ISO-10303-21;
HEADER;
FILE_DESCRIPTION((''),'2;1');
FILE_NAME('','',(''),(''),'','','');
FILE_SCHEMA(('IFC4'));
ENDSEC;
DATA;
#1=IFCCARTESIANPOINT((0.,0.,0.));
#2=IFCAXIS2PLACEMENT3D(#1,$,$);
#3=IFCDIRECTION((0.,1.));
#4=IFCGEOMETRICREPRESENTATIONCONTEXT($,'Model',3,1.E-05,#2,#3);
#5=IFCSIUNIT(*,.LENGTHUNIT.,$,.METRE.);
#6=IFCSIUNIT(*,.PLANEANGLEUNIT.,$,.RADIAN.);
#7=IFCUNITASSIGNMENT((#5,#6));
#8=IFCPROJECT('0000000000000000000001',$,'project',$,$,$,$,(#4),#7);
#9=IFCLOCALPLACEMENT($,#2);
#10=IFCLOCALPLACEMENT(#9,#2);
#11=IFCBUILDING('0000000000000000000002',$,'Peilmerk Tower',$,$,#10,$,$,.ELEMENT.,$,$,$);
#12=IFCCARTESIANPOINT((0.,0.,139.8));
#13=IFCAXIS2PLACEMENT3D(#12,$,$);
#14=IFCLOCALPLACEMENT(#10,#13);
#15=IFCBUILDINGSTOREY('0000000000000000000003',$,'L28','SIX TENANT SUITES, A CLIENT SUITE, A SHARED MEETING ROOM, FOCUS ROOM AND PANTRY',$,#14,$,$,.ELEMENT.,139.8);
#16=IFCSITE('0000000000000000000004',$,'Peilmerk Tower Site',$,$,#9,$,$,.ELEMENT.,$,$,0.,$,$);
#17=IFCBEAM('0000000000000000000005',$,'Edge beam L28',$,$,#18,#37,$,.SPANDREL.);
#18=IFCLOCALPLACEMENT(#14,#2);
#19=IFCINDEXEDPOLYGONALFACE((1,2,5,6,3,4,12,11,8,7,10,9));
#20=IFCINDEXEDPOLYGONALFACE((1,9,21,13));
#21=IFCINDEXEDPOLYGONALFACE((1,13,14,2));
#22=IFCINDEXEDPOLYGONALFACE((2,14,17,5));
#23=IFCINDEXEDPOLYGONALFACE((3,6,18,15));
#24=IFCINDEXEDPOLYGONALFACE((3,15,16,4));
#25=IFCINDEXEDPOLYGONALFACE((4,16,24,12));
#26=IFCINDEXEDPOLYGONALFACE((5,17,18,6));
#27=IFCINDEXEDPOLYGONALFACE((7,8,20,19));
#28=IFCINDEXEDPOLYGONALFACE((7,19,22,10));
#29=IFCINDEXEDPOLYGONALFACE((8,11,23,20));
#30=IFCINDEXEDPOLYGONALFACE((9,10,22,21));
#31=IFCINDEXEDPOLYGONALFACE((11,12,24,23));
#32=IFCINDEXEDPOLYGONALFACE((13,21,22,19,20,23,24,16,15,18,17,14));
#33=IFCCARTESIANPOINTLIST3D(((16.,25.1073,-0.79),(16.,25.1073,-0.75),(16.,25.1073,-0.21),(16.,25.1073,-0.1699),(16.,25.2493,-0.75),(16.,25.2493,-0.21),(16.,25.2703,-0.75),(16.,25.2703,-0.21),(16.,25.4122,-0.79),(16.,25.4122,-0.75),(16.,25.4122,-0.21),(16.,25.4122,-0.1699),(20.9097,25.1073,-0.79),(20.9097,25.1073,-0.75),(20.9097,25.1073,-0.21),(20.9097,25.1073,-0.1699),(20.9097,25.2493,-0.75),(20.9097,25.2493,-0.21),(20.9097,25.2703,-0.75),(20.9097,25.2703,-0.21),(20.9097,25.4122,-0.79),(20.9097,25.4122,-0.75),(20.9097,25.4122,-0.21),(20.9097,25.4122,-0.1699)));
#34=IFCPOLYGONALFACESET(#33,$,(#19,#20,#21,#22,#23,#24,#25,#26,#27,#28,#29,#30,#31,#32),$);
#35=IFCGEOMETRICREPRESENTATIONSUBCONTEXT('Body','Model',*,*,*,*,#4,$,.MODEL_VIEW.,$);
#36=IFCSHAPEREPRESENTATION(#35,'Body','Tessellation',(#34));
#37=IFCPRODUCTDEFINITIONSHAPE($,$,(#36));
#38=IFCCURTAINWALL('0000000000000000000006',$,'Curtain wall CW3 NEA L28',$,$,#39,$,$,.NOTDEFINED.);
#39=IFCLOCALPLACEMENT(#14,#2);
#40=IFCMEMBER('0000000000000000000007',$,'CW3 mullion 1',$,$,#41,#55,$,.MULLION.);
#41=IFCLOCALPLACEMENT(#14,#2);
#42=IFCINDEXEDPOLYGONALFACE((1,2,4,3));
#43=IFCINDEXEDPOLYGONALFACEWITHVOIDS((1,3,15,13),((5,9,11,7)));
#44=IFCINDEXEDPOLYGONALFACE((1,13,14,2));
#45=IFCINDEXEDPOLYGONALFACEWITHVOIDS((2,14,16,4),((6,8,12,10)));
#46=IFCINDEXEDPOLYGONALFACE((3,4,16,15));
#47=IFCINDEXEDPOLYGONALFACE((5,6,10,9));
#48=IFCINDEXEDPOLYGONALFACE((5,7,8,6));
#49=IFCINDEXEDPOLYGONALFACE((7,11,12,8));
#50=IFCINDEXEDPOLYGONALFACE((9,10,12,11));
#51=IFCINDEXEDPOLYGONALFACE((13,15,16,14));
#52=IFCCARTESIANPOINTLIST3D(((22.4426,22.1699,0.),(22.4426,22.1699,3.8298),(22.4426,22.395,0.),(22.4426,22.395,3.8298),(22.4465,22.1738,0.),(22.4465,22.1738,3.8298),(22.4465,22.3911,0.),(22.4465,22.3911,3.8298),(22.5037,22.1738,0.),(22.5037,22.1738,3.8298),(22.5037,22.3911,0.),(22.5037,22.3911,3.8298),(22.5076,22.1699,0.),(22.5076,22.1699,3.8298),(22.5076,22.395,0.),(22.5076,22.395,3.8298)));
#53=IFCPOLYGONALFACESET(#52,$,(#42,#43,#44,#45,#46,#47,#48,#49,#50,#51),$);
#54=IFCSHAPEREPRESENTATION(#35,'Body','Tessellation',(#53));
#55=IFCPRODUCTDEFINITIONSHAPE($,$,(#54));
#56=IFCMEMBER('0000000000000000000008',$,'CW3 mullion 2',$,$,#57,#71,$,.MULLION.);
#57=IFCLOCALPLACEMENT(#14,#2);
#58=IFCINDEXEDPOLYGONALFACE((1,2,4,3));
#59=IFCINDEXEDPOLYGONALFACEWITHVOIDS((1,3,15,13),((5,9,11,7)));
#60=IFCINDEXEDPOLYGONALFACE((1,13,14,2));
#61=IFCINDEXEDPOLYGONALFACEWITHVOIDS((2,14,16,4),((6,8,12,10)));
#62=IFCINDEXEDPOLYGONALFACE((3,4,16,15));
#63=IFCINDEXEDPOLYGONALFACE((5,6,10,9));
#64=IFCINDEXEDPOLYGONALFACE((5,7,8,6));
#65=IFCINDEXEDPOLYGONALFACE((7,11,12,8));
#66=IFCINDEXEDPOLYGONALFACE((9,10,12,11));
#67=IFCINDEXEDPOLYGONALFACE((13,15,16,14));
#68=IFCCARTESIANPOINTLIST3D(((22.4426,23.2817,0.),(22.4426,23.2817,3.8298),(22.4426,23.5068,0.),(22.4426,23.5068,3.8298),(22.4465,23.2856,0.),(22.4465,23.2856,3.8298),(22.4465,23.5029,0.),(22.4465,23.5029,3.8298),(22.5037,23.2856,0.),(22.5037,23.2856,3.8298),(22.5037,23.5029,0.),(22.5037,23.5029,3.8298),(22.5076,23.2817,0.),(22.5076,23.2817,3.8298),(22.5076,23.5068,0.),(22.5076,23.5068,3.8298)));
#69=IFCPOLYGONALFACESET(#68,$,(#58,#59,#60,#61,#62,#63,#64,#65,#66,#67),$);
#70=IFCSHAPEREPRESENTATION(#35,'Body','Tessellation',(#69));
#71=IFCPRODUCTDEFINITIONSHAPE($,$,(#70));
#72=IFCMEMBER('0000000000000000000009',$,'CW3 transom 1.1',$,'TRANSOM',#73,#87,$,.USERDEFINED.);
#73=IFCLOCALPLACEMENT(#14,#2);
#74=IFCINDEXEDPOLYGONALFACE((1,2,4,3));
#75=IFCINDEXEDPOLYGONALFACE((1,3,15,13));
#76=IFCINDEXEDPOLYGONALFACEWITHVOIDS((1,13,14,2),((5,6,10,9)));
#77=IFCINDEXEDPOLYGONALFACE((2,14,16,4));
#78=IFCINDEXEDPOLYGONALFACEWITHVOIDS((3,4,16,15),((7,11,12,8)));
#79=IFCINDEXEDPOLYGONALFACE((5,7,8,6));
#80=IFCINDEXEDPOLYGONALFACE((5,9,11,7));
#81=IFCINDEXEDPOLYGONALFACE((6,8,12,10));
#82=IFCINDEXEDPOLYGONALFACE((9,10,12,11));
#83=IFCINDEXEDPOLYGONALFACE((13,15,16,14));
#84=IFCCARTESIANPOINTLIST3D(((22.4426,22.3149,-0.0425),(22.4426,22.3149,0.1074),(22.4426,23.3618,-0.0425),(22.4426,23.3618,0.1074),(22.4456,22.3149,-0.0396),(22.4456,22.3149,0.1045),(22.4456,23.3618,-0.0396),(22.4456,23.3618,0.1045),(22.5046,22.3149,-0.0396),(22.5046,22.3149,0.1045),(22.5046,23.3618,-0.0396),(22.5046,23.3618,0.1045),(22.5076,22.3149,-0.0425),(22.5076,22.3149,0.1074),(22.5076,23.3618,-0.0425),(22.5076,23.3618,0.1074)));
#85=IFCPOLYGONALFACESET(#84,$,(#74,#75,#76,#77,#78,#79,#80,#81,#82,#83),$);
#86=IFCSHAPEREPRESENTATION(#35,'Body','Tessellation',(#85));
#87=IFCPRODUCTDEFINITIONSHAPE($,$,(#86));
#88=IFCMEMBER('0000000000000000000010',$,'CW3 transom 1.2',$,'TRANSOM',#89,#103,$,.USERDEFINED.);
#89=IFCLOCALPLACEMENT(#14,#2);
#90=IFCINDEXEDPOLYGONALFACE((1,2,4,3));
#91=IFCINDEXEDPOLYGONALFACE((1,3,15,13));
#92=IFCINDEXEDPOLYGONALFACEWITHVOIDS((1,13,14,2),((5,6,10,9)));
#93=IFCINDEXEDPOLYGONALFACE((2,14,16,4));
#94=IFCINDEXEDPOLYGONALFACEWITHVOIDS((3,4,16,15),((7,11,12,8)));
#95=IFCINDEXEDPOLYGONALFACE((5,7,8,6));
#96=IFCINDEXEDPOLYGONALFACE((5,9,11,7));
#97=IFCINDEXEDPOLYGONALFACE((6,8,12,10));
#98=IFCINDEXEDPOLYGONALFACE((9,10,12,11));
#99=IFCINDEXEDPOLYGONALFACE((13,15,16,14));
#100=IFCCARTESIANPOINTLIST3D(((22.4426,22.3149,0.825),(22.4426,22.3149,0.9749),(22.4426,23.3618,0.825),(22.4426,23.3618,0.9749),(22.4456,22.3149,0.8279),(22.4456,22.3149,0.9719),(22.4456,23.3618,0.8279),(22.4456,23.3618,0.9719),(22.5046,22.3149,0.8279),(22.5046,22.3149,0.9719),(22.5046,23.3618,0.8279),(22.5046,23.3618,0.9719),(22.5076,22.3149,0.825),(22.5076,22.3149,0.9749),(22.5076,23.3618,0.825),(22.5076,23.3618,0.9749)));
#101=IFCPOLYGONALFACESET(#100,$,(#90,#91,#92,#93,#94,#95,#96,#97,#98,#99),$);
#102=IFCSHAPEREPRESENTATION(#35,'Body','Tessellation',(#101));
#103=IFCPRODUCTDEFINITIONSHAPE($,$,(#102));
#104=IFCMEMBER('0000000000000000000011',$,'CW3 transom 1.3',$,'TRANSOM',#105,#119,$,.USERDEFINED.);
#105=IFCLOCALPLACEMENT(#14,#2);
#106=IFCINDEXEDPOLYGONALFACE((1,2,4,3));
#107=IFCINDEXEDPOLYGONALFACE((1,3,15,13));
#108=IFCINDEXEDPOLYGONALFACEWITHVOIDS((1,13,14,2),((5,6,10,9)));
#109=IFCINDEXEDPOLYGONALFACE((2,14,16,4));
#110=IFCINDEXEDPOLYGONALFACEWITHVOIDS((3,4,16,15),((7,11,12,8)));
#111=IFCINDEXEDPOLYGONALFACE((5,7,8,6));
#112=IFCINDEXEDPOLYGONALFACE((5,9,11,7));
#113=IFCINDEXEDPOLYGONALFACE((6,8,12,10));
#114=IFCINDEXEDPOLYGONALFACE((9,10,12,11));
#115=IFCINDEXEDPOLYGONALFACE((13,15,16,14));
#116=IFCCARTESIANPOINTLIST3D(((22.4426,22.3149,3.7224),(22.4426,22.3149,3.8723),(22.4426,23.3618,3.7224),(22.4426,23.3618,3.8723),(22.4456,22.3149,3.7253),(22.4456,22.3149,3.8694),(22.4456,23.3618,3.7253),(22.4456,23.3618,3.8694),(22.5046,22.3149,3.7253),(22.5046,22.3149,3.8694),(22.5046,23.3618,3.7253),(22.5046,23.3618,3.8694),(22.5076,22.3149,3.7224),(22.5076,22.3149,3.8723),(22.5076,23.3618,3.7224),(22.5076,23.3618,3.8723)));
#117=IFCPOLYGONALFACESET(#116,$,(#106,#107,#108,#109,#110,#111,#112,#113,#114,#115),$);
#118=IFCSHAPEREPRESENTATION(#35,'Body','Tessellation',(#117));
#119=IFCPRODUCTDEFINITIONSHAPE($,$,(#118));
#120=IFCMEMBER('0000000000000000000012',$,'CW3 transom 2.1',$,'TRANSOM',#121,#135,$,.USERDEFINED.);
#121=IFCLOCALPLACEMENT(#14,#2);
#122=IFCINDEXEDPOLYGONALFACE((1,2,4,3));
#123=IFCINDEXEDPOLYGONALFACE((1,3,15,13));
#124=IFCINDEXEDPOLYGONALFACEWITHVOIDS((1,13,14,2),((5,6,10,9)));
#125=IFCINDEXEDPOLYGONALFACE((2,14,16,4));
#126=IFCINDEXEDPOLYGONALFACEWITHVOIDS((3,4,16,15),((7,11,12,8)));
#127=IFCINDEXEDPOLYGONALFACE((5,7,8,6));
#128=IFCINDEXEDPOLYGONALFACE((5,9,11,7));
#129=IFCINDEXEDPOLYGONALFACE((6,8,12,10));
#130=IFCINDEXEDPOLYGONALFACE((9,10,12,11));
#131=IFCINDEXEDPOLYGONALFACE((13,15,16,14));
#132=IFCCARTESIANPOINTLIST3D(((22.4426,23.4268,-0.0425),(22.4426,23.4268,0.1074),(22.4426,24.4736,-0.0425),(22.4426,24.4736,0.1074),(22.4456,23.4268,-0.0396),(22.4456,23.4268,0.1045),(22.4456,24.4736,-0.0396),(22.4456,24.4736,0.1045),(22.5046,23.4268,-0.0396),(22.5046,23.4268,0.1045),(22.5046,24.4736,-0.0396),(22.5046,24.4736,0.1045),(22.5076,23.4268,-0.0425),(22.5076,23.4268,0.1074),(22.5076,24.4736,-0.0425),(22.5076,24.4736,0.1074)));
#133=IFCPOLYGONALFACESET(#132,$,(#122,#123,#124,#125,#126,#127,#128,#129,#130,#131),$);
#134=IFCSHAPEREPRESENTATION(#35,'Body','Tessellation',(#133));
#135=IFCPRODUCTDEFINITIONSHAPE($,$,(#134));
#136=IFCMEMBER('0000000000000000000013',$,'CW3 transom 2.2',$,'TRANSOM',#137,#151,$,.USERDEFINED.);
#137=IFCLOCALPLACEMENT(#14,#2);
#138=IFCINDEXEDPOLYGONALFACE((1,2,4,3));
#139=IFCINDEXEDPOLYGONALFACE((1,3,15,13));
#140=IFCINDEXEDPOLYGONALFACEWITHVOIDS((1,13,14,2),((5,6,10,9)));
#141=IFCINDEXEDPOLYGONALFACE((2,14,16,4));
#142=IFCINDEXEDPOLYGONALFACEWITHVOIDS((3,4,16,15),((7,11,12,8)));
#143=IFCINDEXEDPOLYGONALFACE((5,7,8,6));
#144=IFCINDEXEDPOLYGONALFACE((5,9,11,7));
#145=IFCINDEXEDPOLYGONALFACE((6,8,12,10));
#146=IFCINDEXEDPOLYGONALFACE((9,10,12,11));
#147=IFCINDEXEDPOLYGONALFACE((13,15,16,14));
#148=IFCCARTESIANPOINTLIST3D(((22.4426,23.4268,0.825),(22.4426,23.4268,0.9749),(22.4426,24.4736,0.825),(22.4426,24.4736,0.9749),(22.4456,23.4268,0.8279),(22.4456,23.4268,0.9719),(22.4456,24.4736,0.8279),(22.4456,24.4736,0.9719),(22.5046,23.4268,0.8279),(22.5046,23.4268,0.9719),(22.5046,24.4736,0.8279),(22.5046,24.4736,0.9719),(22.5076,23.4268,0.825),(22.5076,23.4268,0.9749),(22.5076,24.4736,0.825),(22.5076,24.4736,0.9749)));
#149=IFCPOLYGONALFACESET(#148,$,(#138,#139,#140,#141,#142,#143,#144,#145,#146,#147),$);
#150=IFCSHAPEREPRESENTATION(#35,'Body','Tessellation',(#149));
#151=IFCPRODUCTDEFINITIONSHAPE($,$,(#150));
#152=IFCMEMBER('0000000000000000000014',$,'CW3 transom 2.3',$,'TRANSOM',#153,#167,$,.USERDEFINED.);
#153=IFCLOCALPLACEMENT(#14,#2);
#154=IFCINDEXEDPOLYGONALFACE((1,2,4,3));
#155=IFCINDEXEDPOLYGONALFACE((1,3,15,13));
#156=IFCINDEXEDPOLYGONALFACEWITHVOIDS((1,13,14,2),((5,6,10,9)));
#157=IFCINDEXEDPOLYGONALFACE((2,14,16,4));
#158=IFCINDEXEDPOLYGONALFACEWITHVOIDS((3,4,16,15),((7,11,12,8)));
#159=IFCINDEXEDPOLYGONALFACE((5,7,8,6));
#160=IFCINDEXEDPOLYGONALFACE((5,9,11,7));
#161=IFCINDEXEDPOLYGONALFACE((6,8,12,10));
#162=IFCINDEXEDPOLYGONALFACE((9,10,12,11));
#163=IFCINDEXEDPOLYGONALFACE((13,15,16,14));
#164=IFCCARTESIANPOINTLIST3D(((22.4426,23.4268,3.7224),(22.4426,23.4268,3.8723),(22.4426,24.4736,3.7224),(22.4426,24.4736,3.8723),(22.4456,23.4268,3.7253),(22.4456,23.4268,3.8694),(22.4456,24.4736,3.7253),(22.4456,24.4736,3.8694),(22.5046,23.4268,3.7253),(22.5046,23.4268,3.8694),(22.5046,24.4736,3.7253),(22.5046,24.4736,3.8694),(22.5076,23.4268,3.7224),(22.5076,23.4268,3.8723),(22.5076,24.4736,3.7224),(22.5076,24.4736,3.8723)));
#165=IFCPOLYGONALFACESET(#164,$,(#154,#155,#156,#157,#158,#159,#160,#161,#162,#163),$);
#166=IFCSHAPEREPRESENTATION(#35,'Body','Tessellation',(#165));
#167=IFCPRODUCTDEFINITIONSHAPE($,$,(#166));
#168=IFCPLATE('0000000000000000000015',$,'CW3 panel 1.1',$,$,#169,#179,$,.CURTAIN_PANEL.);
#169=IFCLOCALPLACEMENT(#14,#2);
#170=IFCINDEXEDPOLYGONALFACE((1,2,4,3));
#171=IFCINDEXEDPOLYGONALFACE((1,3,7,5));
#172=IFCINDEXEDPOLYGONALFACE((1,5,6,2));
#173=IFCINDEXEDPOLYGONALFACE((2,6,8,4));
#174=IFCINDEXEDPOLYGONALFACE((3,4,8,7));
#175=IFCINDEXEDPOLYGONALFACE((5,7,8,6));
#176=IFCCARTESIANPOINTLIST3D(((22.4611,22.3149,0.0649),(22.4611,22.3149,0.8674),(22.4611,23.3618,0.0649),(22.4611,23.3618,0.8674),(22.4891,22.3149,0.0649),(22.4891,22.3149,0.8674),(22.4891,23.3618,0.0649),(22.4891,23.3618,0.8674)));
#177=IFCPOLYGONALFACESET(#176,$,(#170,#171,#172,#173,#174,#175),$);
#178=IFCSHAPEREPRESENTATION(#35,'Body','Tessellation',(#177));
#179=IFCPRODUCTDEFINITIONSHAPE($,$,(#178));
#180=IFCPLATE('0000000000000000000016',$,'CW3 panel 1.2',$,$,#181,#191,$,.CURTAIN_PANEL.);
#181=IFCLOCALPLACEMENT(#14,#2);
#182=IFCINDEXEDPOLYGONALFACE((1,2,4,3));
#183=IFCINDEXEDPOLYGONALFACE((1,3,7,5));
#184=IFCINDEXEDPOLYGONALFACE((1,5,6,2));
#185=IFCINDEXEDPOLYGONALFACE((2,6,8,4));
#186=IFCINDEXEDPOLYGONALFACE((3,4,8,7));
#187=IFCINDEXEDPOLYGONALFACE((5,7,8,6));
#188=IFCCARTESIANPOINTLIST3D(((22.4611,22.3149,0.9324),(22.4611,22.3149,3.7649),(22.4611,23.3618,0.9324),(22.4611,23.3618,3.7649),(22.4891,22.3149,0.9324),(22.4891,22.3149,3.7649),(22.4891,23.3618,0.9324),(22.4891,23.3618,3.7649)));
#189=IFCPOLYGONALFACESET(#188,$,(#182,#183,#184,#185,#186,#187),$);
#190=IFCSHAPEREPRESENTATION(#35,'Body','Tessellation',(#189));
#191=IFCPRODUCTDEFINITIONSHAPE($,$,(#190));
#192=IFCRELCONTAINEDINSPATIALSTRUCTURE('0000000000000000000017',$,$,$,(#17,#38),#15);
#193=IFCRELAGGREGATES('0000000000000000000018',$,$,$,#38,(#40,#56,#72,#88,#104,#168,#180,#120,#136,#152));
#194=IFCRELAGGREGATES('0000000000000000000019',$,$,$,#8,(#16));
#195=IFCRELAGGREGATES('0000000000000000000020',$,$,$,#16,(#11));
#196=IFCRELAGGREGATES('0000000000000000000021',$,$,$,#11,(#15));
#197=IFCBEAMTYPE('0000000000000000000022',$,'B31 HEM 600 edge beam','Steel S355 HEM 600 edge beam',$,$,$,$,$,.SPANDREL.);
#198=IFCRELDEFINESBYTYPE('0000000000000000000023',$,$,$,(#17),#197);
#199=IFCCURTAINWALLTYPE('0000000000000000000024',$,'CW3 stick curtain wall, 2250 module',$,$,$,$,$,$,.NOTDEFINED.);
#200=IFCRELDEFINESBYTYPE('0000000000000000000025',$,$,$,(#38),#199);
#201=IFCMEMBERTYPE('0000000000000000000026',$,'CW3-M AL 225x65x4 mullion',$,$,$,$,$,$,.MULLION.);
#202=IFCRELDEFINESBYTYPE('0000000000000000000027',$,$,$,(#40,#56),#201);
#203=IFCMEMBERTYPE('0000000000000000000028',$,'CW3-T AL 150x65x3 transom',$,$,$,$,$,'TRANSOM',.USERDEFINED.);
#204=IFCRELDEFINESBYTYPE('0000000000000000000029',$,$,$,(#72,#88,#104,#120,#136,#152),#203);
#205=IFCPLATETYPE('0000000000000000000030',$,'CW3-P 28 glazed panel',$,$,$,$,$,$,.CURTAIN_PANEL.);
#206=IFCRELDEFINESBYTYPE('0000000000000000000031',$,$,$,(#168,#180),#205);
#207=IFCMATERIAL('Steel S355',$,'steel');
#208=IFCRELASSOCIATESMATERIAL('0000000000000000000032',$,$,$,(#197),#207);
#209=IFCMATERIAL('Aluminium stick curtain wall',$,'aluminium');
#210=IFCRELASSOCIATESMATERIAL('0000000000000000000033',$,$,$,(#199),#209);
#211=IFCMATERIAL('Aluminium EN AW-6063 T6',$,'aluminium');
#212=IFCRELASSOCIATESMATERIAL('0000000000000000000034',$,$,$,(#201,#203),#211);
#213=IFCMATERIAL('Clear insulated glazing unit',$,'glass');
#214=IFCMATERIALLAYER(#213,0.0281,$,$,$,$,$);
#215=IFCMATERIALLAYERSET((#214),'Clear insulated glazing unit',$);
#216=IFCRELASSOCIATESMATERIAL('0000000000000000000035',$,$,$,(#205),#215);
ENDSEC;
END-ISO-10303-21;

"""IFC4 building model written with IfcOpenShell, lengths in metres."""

from ifc_helpers import new_model, si_unit, direction, frame, origin, origin_2d, place, context, subcontext, project, spatial, rectangle, hollow_rectangle, i_section, extrude, material, layer, layer_set, material_profile, profile_set, type_object, element, aggregate, save


model = new_model("IFC4")

# Units and contexts
model_context = context("Model", 3, precision=1e-05, world=origin(), true_north=direction((0.0, 1.0)))
body_context = subcontext(model_context, "Body", "Model", "MODEL_VIEW")
ifc_project = project(units=[si_unit("LENGTHUNIT", "METRE"), si_unit("PLANEANGLEUNIT", "RADIAN")], contexts=[model_context])

# Site, building, storey
site_placement = place(None, origin())
site = spatial("IfcSite", under=ifc_project, at=site_placement, Name="Peilmerk Tower Site", CompositionType="ELEMENT", RefElevation=0.0)
building_placement = place(site_placement, origin())
building = spatial("IfcBuilding", under=site, at=building_placement, Name="Peilmerk Tower", CompositionType="ELEMENT")
storey_placement = place(building_placement, frame((0.0, 0.0, 139.8)))
storey = spatial("IfcBuildingStorey", under=building, at=storey_placement, Name="L28", Description="SIX TENANT SUITES, A CLIENT SUITE, A SHARED MEETING ROOM, FOCUS ROOM AND PANTRY", CompositionType="ELEMENT", Elevation=139.8)

# Beam
ifc_material_1 = material(Name="Steel S355", Category="steel")
ifc_material_profile_1 = material_profile(ifc_material_1, i_section(OverallWidth=0.3049, OverallDepth=0.6201, WebThickness=0.021, FlangeThickness=0.04, at=origin_2d()), Name="HEM 600")
ifc_profile_set_1 = profile_set([ifc_material_profile_1], Name="Steel S355")
beam_type_1 = type_object("IfcBeamType", Name="B31 HEM 600 edge beam", Description="Steel S355 HEM 600 edge beam", PredefinedType="SPANDREL", material=ifc_profile_set_1)
beam_1_placement = place(storey_placement, frame((20.9097, 25.2598, -0.48), z_axis=(-1.0, 0.0, 0.0), x_axis=(0.0, -1.0, 0.0)))
element("IfcBeam", 1, at=beam_1_placement, inside=storey, type_object=beam_type_1, Name="Edge beam L28", PredefinedType="SPANDREL", context=body_context, shape_type="SweptSolid", body=[
    extrude(i_section(OverallWidth=0.3049, OverallDepth=0.6201, WebThickness=0.021, FlangeThickness=0.04, at=origin_2d()), origin(), (0.0, 0.0, 1.0), 4.9097),
])

# Curtain wall, members, plates
ifc_material_2 = material(Name="Aluminium stick curtain wall", Category="aluminium")
curtain_wall_type = type_object("IfcCurtainWallType", Name="CW3 stick curtain wall, 2250 module", PredefinedType="NOTDEFINED", material=ifc_material_2)
curtain_wall_placement = place(storey_placement, origin())
curtain_wall = element("IfcCurtainWall", 2, at=curtain_wall_placement, inside=storey, type_object=curtain_wall_type, Name="Curtain wall CW3 NEA L28", PredefinedType="NOTDEFINED")
ifc_material_3 = material(Name="Aluminium EN AW-6063 T6", Category="aluminium")
ifc_material_profile_2 = material_profile(ifc_material_3, hollow_rectangle(XDim=0.0649, YDim=0.2251, WallThickness=0.0039, at=origin_2d()), Name="AL 225x65x4")
ifc_profile_set_2 = profile_set([ifc_material_profile_2], Name="Aluminium EN AW-6063 T6")
member_type_1 = type_object("IfcMemberType", Name="CW3-M AL 225x65x4 mullion", PredefinedType="MULLION", material=ifc_profile_set_2)
member_1_placement = place(storey_placement, frame((22.4751, 22.2825, 0.0), z_axis=(0.0, 0.0, 1.0), x_axis=(-1.0, 0.0, 0.0)))
member_1 = element("IfcMember", 3, at=member_1_placement, type_object=member_type_1, Name="CW3 mullion 1", PredefinedType="MULLION", context=body_context, shape_type="SweptSolid", body=[
    extrude(hollow_rectangle(XDim=0.0649, YDim=0.2251, WallThickness=0.0039, at=origin_2d()), origin(), (0.0, 0.0, 1.0), 3.8298),
])
member_2_placement = place(storey_placement, frame((22.4751, 23.3943, 0.0), z_axis=(0.0, 0.0, 1.0), x_axis=(-1.0, 0.0, 0.0)))
member_2 = element("IfcMember", 4, at=member_2_placement, type_object=member_type_1, Name="CW3 mullion 2", PredefinedType="MULLION", context=body_context, shape_type="SweptSolid", body=[
    extrude(hollow_rectangle(XDim=0.0649, YDim=0.2251, WallThickness=0.0039, at=origin_2d()), origin(), (0.0, 0.0, 1.0), 3.8298),
])
ifc_material_profile_3 = material_profile(ifc_material_3, hollow_rectangle(XDim=0.0649, YDim=0.1499, WallThickness=0.0029, at=origin_2d()), Name="AL 150x65x3")
ifc_profile_set_3 = profile_set([ifc_material_profile_3], Name="Aluminium EN AW-6063 T6")
member_type_2 = type_object("IfcMemberType", Name="CW3-T AL 150x65x3 transom", ElementType="TRANSOM", PredefinedType="USERDEFINED", material=ifc_profile_set_3)
member_3_placement = place(storey_placement, frame((22.4751, 22.3149, 0.0325), z_axis=(0.0, 1.0, 0.0), x_axis=(-1.0, 0.0, 0.0)))
member_3 = element("IfcMember", 5, at=member_3_placement, type_object=member_type_2, Name="CW3 transom 1.1", ObjectType="TRANSOM", PredefinedType="USERDEFINED", context=body_context, shape_type="SweptSolid", body=[
    extrude(hollow_rectangle(XDim=0.0649, YDim=0.1499, WallThickness=0.0029, at=origin_2d()), origin(), (0.0, 0.0, 1.0), 1.0469),
])
member_4_placement = place(storey_placement, frame((22.4751, 22.3149, 0.8999), z_axis=(0.0, 1.0, 0.0), x_axis=(-1.0, 0.0, 0.0)))
member_4 = element("IfcMember", 6, at=member_4_placement, type_object=member_type_2, Name="CW3 transom 1.2", ObjectType="TRANSOM", PredefinedType="USERDEFINED", context=body_context, shape_type="SweptSolid", body=[
    extrude(hollow_rectangle(XDim=0.0649, YDim=0.1499, WallThickness=0.0029, at=origin_2d()), origin(), (0.0, 0.0, 1.0), 1.0469),
])
member_5_placement = place(storey_placement, frame((22.4751, 22.3149, 3.7974), z_axis=(0.0, 1.0, 0.0), x_axis=(-1.0, 0.0, 0.0)))
member_5 = element("IfcMember", 7, at=member_5_placement, type_object=member_type_2, Name="CW3 transom 1.3", ObjectType="TRANSOM", PredefinedType="USERDEFINED", context=body_context, shape_type="SweptSolid", body=[
    extrude(hollow_rectangle(XDim=0.0649, YDim=0.1499, WallThickness=0.0029, at=origin_2d()), origin(), (0.0, 0.0, 1.0), 1.0469),
])
member_6_placement = place(storey_placement, frame((22.4751, 23.4268, 0.0325), z_axis=(0.0, 1.0, 0.0), x_axis=(-1.0, 0.0, 0.0)))
member_6 = element("IfcMember", 8, at=member_6_placement, type_object=member_type_2, Name="CW3 transom 2.1", ObjectType="TRANSOM", PredefinedType="USERDEFINED", context=body_context, shape_type="SweptSolid", body=[
    extrude(hollow_rectangle(XDim=0.0649, YDim=0.1499, WallThickness=0.0029, at=origin_2d()), origin(), (0.0, 0.0, 1.0), 1.0469),
])
member_7_placement = place(storey_placement, frame((22.4751, 23.4268, 0.8999), z_axis=(0.0, 1.0, 0.0), x_axis=(-1.0, 0.0, 0.0)))
member_7 = element("IfcMember", 9, at=member_7_placement, type_object=member_type_2, Name="CW3 transom 2.2", ObjectType="TRANSOM", PredefinedType="USERDEFINED", context=body_context, shape_type="SweptSolid", body=[
    extrude(hollow_rectangle(XDim=0.0649, YDim=0.1499, WallThickness=0.0029, at=origin_2d()), origin(), (0.0, 0.0, 1.0), 1.0469),
])
member_8_placement = place(storey_placement, frame((22.4751, 23.4268, 3.7974), z_axis=(0.0, 1.0, 0.0), x_axis=(-1.0, 0.0, 0.0)))
member_8 = element("IfcMember", 10, at=member_8_placement, type_object=member_type_2, Name="CW3 transom 2.3", ObjectType="TRANSOM", PredefinedType="USERDEFINED", context=body_context, shape_type="SweptSolid", body=[
    extrude(hollow_rectangle(XDim=0.0649, YDim=0.1499, WallThickness=0.0029, at=origin_2d()), origin(), (0.0, 0.0, 1.0), 1.0469),
])
ifc_material_4 = material(Name="Clear insulated glazing unit", Category="glass")
ifc_layer_1 = layer(ifc_material_4, 0.0281)
ifc_layer_set_1 = layer_set([ifc_layer_1], Name="Clear insulated glazing unit")
plate_type = type_object("IfcPlateType", Name="CW3-P 28 glazed panel", PredefinedType="CURTAIN_PANEL", material=ifc_layer_set_1)
plate_1_placement = place(storey_placement, frame((22.4751, 22.8384, 0.0649), z_axis=(0.0, 0.0, 1.0), x_axis=(0.0, 1.0, 0.0)))
plate_1 = element("IfcPlate", 11, at=plate_1_placement, type_object=plate_type, Name="CW3 panel 1.1", PredefinedType="CURTAIN_PANEL", context=body_context, shape_type="SweptSolid", body=[
    extrude(rectangle(XDim=1.0469, YDim=0.0281, at=origin_2d()), origin(), (0.0, 0.0, 1.0), 0.8025),
])
plate_2_placement = place(storey_placement, frame((22.4751, 22.8384, 0.9324), z_axis=(0.0, 0.0, 1.0), x_axis=(0.0, 1.0, 0.0)))
plate_2 = element("IfcPlate", 12, at=plate_2_placement, type_object=plate_type, Name="CW3 panel 1.2", PredefinedType="CURTAIN_PANEL", context=body_context, shape_type="SweptSolid", body=[
    extrude(rectangle(XDim=1.0469, YDim=0.0281, at=origin_2d()), origin(), (0.0, 0.0, 1.0), 2.8325),
])
aggregate(curtain_wall, [member_1, member_2, member_3, member_4, member_5, plate_1, plate_2, member_6, member_7, member_8])

save(model, "model.ifc")
